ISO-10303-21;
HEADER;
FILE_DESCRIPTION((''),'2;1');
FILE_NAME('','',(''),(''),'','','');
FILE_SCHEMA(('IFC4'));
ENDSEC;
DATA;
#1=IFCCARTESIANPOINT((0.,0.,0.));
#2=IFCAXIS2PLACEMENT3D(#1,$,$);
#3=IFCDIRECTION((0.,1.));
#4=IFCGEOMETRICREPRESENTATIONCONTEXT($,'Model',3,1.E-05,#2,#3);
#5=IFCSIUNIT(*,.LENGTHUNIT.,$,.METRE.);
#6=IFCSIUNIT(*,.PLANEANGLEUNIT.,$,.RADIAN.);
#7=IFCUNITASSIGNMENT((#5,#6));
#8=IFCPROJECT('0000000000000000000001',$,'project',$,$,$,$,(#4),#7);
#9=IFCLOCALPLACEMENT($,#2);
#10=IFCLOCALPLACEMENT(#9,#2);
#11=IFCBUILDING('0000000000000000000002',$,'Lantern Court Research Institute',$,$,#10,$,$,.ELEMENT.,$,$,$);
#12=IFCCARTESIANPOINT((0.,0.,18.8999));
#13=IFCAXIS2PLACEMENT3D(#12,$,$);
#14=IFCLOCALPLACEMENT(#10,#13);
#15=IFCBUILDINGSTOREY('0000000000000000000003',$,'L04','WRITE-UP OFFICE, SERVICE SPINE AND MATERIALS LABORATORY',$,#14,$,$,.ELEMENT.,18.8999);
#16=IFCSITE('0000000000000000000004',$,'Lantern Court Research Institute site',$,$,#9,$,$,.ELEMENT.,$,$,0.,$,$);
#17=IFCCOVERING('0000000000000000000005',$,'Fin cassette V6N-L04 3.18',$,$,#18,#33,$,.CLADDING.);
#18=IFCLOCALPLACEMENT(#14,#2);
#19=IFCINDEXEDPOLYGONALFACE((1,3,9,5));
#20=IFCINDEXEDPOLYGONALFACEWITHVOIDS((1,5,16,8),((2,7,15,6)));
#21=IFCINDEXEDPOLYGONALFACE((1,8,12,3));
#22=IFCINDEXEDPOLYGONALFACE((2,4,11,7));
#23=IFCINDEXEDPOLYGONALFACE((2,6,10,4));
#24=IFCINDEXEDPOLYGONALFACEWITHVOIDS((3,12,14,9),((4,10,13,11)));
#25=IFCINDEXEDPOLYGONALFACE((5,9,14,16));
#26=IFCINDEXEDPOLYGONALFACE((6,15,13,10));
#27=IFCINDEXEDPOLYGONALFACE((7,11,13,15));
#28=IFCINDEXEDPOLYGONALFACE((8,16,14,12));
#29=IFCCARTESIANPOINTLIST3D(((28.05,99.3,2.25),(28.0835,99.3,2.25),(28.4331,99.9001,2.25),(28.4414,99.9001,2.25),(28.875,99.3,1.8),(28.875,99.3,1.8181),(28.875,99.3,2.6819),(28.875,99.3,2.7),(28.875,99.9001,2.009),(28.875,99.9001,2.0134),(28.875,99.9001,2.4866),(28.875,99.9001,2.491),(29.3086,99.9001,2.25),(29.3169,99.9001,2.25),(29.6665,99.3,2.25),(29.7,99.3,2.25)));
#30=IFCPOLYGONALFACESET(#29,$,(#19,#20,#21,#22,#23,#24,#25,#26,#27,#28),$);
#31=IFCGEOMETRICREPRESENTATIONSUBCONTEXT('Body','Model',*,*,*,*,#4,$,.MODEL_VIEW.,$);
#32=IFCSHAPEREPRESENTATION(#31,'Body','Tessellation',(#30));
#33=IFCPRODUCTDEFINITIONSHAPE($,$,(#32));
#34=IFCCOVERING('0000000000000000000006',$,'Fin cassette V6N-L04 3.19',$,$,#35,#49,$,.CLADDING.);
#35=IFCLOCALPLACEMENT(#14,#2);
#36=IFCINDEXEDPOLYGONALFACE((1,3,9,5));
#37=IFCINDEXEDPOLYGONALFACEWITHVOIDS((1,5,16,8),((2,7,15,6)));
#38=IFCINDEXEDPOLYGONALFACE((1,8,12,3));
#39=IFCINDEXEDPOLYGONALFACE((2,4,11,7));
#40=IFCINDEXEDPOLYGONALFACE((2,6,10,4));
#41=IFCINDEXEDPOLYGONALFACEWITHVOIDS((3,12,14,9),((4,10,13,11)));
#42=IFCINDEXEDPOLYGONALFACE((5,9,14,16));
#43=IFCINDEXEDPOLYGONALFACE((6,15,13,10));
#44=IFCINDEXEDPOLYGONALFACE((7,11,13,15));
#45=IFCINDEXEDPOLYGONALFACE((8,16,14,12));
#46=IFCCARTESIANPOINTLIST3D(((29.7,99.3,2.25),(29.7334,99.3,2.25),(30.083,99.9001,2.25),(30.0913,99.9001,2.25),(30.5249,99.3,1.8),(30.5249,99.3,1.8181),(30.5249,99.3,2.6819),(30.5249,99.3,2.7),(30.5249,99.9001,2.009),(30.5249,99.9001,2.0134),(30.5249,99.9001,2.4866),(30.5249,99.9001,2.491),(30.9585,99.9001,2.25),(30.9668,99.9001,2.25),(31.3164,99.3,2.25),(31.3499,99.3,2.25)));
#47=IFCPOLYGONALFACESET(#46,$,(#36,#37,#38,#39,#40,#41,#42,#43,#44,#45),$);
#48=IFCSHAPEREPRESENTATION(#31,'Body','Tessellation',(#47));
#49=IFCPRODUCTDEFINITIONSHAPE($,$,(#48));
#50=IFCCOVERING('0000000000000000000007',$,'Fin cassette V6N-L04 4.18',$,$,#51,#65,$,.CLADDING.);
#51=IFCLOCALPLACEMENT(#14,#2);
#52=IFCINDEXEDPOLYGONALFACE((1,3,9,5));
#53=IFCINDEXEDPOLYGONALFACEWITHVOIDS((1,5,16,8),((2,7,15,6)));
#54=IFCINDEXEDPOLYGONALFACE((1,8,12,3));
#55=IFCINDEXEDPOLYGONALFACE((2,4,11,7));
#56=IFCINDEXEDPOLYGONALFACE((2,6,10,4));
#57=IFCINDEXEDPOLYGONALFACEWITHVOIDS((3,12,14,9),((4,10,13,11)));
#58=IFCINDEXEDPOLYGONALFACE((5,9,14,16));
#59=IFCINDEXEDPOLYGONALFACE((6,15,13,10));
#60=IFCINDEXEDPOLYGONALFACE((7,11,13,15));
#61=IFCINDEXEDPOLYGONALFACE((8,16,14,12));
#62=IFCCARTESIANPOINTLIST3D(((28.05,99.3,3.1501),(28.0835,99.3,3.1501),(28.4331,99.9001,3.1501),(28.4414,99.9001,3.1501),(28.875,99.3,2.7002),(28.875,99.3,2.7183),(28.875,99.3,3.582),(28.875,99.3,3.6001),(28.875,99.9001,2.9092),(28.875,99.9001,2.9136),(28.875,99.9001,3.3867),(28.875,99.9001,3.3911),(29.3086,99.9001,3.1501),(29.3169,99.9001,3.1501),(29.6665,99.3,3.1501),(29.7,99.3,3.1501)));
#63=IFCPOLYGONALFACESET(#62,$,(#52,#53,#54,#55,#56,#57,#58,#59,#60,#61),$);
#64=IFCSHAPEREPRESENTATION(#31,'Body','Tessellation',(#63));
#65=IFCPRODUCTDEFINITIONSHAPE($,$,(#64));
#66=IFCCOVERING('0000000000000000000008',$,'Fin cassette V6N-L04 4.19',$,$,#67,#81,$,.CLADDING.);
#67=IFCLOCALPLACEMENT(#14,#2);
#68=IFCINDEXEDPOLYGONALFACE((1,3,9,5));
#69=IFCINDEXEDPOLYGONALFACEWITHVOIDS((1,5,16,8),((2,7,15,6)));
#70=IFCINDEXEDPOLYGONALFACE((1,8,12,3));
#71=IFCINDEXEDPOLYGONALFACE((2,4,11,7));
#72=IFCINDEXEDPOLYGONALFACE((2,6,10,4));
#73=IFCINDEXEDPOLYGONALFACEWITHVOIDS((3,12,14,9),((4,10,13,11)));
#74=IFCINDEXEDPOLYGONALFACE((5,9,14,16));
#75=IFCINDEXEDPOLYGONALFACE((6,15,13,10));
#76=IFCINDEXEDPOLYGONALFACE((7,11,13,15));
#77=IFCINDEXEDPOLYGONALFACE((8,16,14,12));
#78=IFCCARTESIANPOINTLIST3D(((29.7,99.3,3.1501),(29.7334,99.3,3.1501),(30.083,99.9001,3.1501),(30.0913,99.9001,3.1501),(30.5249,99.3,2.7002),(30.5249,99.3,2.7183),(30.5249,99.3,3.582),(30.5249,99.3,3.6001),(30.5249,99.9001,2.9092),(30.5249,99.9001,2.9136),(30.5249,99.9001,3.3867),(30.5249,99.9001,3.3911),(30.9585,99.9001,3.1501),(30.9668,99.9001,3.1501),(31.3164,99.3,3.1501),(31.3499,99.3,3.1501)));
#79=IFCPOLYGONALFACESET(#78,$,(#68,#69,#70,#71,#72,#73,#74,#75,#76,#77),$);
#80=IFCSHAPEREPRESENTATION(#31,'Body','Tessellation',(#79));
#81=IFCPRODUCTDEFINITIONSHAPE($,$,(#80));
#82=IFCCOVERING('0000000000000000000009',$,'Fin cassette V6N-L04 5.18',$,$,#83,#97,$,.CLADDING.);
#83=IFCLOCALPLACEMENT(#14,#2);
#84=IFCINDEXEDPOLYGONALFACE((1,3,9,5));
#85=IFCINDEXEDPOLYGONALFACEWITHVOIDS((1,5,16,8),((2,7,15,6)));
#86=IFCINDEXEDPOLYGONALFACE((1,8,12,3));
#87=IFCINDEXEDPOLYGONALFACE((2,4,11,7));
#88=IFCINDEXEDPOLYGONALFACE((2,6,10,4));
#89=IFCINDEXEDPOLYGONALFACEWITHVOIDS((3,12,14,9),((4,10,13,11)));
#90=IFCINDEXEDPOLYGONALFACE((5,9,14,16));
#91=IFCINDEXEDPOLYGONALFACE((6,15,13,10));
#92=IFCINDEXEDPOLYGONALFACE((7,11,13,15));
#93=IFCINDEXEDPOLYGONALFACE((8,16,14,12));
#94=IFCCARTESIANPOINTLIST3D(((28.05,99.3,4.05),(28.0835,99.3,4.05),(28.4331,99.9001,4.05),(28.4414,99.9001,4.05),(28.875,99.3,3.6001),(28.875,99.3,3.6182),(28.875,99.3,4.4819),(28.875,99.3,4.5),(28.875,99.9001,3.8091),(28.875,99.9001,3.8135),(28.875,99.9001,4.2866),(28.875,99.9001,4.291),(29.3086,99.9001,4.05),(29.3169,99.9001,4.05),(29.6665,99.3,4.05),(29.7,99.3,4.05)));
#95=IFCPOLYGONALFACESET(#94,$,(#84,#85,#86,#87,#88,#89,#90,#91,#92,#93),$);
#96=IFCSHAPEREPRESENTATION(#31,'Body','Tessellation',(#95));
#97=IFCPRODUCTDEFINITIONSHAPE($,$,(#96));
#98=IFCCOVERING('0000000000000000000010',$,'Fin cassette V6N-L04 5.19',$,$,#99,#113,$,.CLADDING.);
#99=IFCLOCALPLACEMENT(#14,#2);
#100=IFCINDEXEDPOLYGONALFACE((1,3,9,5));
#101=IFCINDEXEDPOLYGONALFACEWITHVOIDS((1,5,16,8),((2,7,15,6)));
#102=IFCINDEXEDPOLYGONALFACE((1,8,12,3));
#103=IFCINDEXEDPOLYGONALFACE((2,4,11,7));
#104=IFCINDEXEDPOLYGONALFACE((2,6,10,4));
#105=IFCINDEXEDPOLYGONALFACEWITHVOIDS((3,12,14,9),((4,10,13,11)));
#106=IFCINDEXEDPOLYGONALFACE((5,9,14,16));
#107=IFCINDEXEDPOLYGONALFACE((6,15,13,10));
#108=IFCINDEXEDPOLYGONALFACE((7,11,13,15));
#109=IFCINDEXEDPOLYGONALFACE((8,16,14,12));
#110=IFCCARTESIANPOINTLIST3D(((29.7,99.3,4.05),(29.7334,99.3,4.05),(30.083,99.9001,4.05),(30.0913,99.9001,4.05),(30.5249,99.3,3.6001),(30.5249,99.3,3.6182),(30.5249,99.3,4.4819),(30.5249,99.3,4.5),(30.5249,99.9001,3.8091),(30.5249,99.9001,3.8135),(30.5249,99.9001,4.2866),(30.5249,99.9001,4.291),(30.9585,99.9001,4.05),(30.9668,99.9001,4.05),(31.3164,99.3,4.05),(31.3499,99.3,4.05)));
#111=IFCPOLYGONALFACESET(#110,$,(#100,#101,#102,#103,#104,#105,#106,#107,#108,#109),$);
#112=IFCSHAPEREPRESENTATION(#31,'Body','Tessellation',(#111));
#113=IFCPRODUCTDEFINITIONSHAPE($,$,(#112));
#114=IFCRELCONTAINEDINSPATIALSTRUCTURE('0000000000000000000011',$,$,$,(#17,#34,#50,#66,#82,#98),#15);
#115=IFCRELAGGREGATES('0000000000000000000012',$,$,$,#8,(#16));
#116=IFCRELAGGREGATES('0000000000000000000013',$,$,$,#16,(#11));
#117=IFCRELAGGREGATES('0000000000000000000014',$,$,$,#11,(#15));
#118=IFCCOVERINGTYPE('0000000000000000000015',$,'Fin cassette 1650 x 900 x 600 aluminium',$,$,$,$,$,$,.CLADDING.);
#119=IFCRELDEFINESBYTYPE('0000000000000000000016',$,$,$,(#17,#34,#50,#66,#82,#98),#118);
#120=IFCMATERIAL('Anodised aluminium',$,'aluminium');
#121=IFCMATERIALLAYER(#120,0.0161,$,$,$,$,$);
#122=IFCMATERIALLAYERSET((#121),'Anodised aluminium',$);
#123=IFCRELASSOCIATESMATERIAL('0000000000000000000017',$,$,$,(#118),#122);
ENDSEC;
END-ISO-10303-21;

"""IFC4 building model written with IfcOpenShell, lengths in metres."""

from ifc_helpers import new_model, entity, si_unit, direction, frame, origin, place, context, subcontext, project, spatial, material, layer, layer_set, type_object, element, save


model = new_model("IFC4")

# Units and contexts
model_context = context("Model", 3, precision=1e-05, world=origin(), true_north=direction((0.0, 1.0)))
body_context = subcontext(model_context, "Body", "Model", "MODEL_VIEW")
ifc_project = project(units=[si_unit("LENGTHUNIT", "METRE"), si_unit("PLANEANGLEUNIT", "RADIAN")], contexts=[model_context])

# Site, building, storey
site_placement = place(None, origin())
site = spatial("IfcSite", under=ifc_project, at=site_placement, Name="Lantern Court Research Institute site", CompositionType="ELEMENT", RefElevation=0.0)
building_placement = place(site_placement, origin())
building = spatial("IfcBuilding", under=site, at=building_placement, Name="Lantern Court Research Institute", CompositionType="ELEMENT")
storey_placement = place(building_placement, frame((0.0, 0.0, 18.8999)))
storey = spatial("IfcBuildingStorey", under=building, at=storey_placement, Name="L04", Description="WRITE-UP OFFICE, SERVICE SPINE AND MATERIALS LABORATORY", CompositionType="ELEMENT", Elevation=18.8999)

# Coverings
ifc_material_1 = material(Name="Anodised aluminium", Category="aluminium")
ifc_layer_1 = layer(ifc_material_1, 0.0161)
ifc_layer_set_1 = layer_set([ifc_layer_1], Name="Anodised aluminium")
covering_type_1 = type_object("IfcCoveringType", Name="Fin cassette 1650 x 900 x 600 aluminium", PredefinedType="CLADDING", material=ifc_layer_set_1)
covering_1_placement = place(storey_placement, frame((28.875, 99.3, 2.25), z_axis=(0.0, 1.0, 0.0), x_axis=(-1.0, 0.0, 0.0)))
cartesian_point_1 = entity("IfcCartesianPoint", [0.825, 0.0])
cartesian_point_2 = entity("IfcCartesianPoint", [0.7915, 0.0])
cartesian_point_3 = entity("IfcCartesianPoint", [0.4419, 0.0])
cartesian_point_4 = entity("IfcCartesianPoint", [0.4336, 0.0])
element("IfcCovering", 1, at=covering_1_placement, inside=storey, type_object=covering_type_1, Name="Fin cassette V6N-L04 3.18", PredefinedType="CLADDING", context=body_context, shape_type="SweptSolid", body=[
    entity("IfcExtrudedAreaSolidTapered", entity("IfcArbitraryProfileDefWithVoids", "AREA", None, entity("IfcPolyline", [cartesian_point_1, entity("IfcCartesianPoint", [0.0, 0.45]), entity("IfcCartesianPoint", [-0.825, 0.0]), entity("IfcCartesianPoint", [0.0, -0.45]), cartesian_point_1]), [entity("IfcPolyline", [cartesian_point_2, entity("IfcCartesianPoint", [0.0, 0.4319]), entity("IfcCartesianPoint", [-0.7915, 0.0]), entity("IfcCartesianPoint", [0.0, -0.4319]), cartesian_point_2])]), entity("IfcAxis2Placement3D", entity("IfcCartesianPoint", [0.0, 0.0, 0.0])), entity("IfcDirection", [0.0, 0.0, 1.0]), 0.6001, entity("IfcArbitraryProfileDefWithVoids", "AREA", None, entity("IfcPolyline", [cartesian_point_3, entity("IfcCartesianPoint", [0.0, 0.241]), entity("IfcCartesianPoint", [-0.4419, 0.0]), entity("IfcCartesianPoint", [0.0, -0.241]), cartesian_point_3]), [entity("IfcPolyline", [cartesian_point_4, entity("IfcCartesianPoint", [0.0, 0.2366]), entity("IfcCartesianPoint", [-0.4336, 0.0]), entity("IfcCartesianPoint", [0.0, -0.2366]), cartesian_point_4])])),
])
covering_2_placement = place(storey_placement, frame((30.5249, 99.3, 2.25), z_axis=(0.0, 1.0, 0.0), x_axis=(-1.0, 0.0, 0.0)))
cartesian_point_5 = entity("IfcCartesianPoint", [0.825, 0.0])
cartesian_point_6 = entity("IfcCartesianPoint", [0.7915, 0.0])
cartesian_point_7 = entity("IfcCartesianPoint", [0.4419, 0.0])
cartesian_point_8 = entity("IfcCartesianPoint", [0.4336, 0.0])
element("IfcCovering", 2, at=covering_2_placement, inside=storey, type_object=covering_type_1, Name="Fin cassette V6N-L04 3.19", PredefinedType="CLADDING", context=body_context, shape_type="SweptSolid", body=[
    entity("IfcExtrudedAreaSolidTapered", entity("IfcArbitraryProfileDefWithVoids", "AREA", None, entity("IfcPolyline", [cartesian_point_5, entity("IfcCartesianPoint", [0.0, 0.45]), entity("IfcCartesianPoint", [-0.825, 0.0]), entity("IfcCartesianPoint", [0.0, -0.45]), cartesian_point_5]), [entity("IfcPolyline", [cartesian_point_6, entity("IfcCartesianPoint", [0.0, 0.4319]), entity("IfcCartesianPoint", [-0.7915, 0.0]), entity("IfcCartesianPoint", [0.0, -0.4319]), cartesian_point_6])]), entity("IfcAxis2Placement3D", entity("IfcCartesianPoint", [0.0, 0.0, 0.0])), entity("IfcDirection", [0.0, 0.0, 1.0]), 0.6001, entity("IfcArbitraryProfileDefWithVoids", "AREA", None, entity("IfcPolyline", [cartesian_point_7, entity("IfcCartesianPoint", [0.0, 0.241]), entity("IfcCartesianPoint", [-0.4419, 0.0]), entity("IfcCartesianPoint", [0.0, -0.241]), cartesian_point_7]), [entity("IfcPolyline", [cartesian_point_8, entity("IfcCartesianPoint", [0.0, 0.2366]), entity("IfcCartesianPoint", [-0.4336, 0.0]), entity("IfcCartesianPoint", [0.0, -0.2366]), cartesian_point_8])])),
])
covering_3_placement = place(storey_placement, frame((28.875, 99.3, 3.1501), z_axis=(0.0, 1.0, 0.0), x_axis=(-1.0, 0.0, 0.0)))
cartesian_point_9 = entity("IfcCartesianPoint", [0.825, 0.0])
cartesian_point_10 = entity("IfcCartesianPoint", [0.7915, 0.0])
cartesian_point_11 = entity("IfcCartesianPoint", [0.4419, 0.0])
cartesian_point_12 = entity("IfcCartesianPoint", [0.4336, 0.0])
element("IfcCovering", 3, at=covering_3_placement, inside=storey, type_object=covering_type_1, Name="Fin cassette V6N-L04 4.18", PredefinedType="CLADDING", context=body_context, shape_type="SweptSolid", body=[
    entity("IfcExtrudedAreaSolidTapered", entity("IfcArbitraryProfileDefWithVoids", "AREA", None, entity("IfcPolyline", [cartesian_point_9, entity("IfcCartesianPoint", [0.0, 0.45]), entity("IfcCartesianPoint", [-0.825, 0.0]), entity("IfcCartesianPoint", [0.0, -0.45]), cartesian_point_9]), [entity("IfcPolyline", [cartesian_point_10, entity("IfcCartesianPoint", [0.0, 0.4319]), entity("IfcCartesianPoint", [-0.7915, 0.0]), entity("IfcCartesianPoint", [0.0, -0.4319]), cartesian_point_10])]), entity("IfcAxis2Placement3D", entity("IfcCartesianPoint", [0.0, 0.0, 0.0])), entity("IfcDirection", [0.0, 0.0, 1.0]), 0.6001, entity("IfcArbitraryProfileDefWithVoids", "AREA", None, entity("IfcPolyline", [cartesian_point_11, entity("IfcCartesianPoint", [0.0, 0.241]), entity("IfcCartesianPoint", [-0.4419, 0.0]), entity("IfcCartesianPoint", [0.0, -0.241]), cartesian_point_11]), [entity("IfcPolyline", [cartesian_point_12, entity("IfcCartesianPoint", [0.0, 0.2366]), entity("IfcCartesianPoint", [-0.4336, 0.0]), entity("IfcCartesianPoint", [0.0, -0.2366]), cartesian_point_12])])),
])
covering_4_placement = place(storey_placement, frame((30.5249, 99.3, 3.1501), z_axis=(0.0, 1.0, 0.0), x_axis=(-1.0, 0.0, 0.0)))
cartesian_point_13 = entity("IfcCartesianPoint", [0.825, 0.0])
cartesian_point_14 = entity("IfcCartesianPoint", [0.7915, 0.0])
cartesian_point_15 = entity("IfcCartesianPoint", [0.4419, 0.0])
cartesian_point_16 = entity("IfcCartesianPoint", [0.4336, 0.0])
element("IfcCovering", 4, at=covering_4_placement, inside=storey, type_object=covering_type_1, Name="Fin cassette V6N-L04 4.19", PredefinedType="CLADDING", context=body_context, shape_type="SweptSolid", body=[
    entity("IfcExtrudedAreaSolidTapered", entity("IfcArbitraryProfileDefWithVoids", "AREA", None, entity("IfcPolyline", [cartesian_point_13, entity("IfcCartesianPoint", [0.0, 0.45]), entity("IfcCartesianPoint", [-0.825, 0.0]), entity("IfcCartesianPoint", [0.0, -0.45]), cartesian_point_13]), [entity("IfcPolyline", [cartesian_point_14, entity("IfcCartesianPoint", [0.0, 0.4319]), entity("IfcCartesianPoint", [-0.7915, 0.0]), entity("IfcCartesianPoint", [0.0, -0.4319]), cartesian_point_14])]), entity("IfcAxis2Placement3D", entity("IfcCartesianPoint", [0.0, 0.0, 0.0])), entity("IfcDirection", [0.0, 0.0, 1.0]), 0.6001, entity("IfcArbitraryProfileDefWithVoids", "AREA", None, entity("IfcPolyline", [cartesian_point_15, entity("IfcCartesianPoint", [0.0, 0.241]), entity("IfcCartesianPoint", [-0.4419, 0.0]), entity("IfcCartesianPoint", [0.0, -0.241]), cartesian_point_15]), [entity("IfcPolyline", [cartesian_point_16, entity("IfcCartesianPoint", [0.0, 0.2366]), entity("IfcCartesianPoint", [-0.4336, 0.0]), entity("IfcCartesianPoint", [0.0, -0.2366]), cartesian_point_16])])),
])
covering_5_placement = place(storey_placement, frame((28.875, 99.3, 4.05), z_axis=(0.0, 1.0, 0.0), x_axis=(-1.0, 0.0, 0.0)))
cartesian_point_17 = entity("IfcCartesianPoint", [0.825, 0.0])
cartesian_point_18 = entity("IfcCartesianPoint", [0.7915, 0.0])
cartesian_point_19 = entity("IfcCartesianPoint", [0.4419, 0.0])
cartesian_point_20 = entity("IfcCartesianPoint", [0.4336, 0.0])
element("IfcCovering", 5, at=covering_5_placement, inside=storey, type_object=covering_type_1, Name="Fin cassette V6N-L04 5.18", PredefinedType="CLADDING", context=body_context, shape_type="SweptSolid", body=[
    entity("IfcExtrudedAreaSolidTapered", entity("IfcArbitraryProfileDefWithVoids", "AREA", None, entity("IfcPolyline", [cartesian_point_17, entity("IfcCartesianPoint", [0.0, 0.45]), entity("IfcCartesianPoint", [-0.825, 0.0]), entity("IfcCartesianPoint", [0.0, -0.45]), cartesian_point_17]), [entity("IfcPolyline", [cartesian_point_18, entity("IfcCartesianPoint", [0.0, 0.4319]), entity("IfcCartesianPoint", [-0.7915, 0.0]), entity("IfcCartesianPoint", [0.0, -0.4319]), cartesian_point_18])]), entity("IfcAxis2Placement3D", entity("IfcCartesianPoint", [0.0, 0.0, 0.0])), entity("IfcDirection", [0.0, 0.0, 1.0]), 0.6001, entity("IfcArbitraryProfileDefWithVoids", "AREA", None, entity("IfcPolyline", [cartesian_point_19, entity("IfcCartesianPoint", [0.0, 0.241]), entity("IfcCartesianPoint", [-0.4419, 0.0]), entity("IfcCartesianPoint", [0.0, -0.241]), cartesian_point_19]), [entity("IfcPolyline", [cartesian_point_20, entity("IfcCartesianPoint", [0.0, 0.2366]), entity("IfcCartesianPoint", [-0.4336, 0.0]), entity("IfcCartesianPoint", [0.0, -0.2366]), cartesian_point_20])])),
])
covering_6_placement = place(storey_placement, frame((30.5249, 99.3, 4.05), z_axis=(0.0, 1.0, 0.0), x_axis=(-1.0, 0.0, 0.0)))
cartesian_point_21 = entity("IfcCartesianPoint", [0.825, 0.0])
cartesian_point_22 = entity("IfcCartesianPoint", [0.7915, 0.0])
cartesian_point_23 = entity("IfcCartesianPoint", [0.4419, 0.0])
cartesian_point_24 = entity("IfcCartesianPoint", [0.4336, 0.0])
element("IfcCovering", 6, at=covering_6_placement, inside=storey, type_object=covering_type_1, Name="Fin cassette V6N-L04 5.19", PredefinedType="CLADDING", context=body_context, shape_type="SweptSolid", body=[
    entity("IfcExtrudedAreaSolidTapered", entity("IfcArbitraryProfileDefWithVoids", "AREA", None, entity("IfcPolyline", [cartesian_point_21, entity("IfcCartesianPoint", [0.0, 0.45]), entity("IfcCartesianPoint", [-0.825, 0.0]), entity("IfcCartesianPoint", [0.0, -0.45]), cartesian_point_21]), [entity("IfcPolyline", [cartesian_point_22, entity("IfcCartesianPoint", [0.0, 0.4319]), entity("IfcCartesianPoint", [-0.7915, 0.0]), entity("IfcCartesianPoint", [0.0, -0.4319]), cartesian_point_22])]), entity("IfcAxis2Placement3D", entity("IfcCartesianPoint", [0.0, 0.0, 0.0])), entity("IfcDirection", [0.0, 0.0, 1.0]), 0.6001, entity("IfcArbitraryProfileDefWithVoids", "AREA", None, entity("IfcPolyline", [cartesian_point_23, entity("IfcCartesianPoint", [0.0, 0.241]), entity("IfcCartesianPoint", [-0.4419, 0.0]), entity("IfcCartesianPoint", [0.0, -0.241]), cartesian_point_23]), [entity("IfcPolyline", [cartesian_point_24, entity("IfcCartesianPoint", [0.0, 0.2366]), entity("IfcCartesianPoint", [-0.4336, 0.0]), entity("IfcCartesianPoint", [0.0, -0.2366]), cartesian_point_24])])),
])

save(model, "model.ifc")
